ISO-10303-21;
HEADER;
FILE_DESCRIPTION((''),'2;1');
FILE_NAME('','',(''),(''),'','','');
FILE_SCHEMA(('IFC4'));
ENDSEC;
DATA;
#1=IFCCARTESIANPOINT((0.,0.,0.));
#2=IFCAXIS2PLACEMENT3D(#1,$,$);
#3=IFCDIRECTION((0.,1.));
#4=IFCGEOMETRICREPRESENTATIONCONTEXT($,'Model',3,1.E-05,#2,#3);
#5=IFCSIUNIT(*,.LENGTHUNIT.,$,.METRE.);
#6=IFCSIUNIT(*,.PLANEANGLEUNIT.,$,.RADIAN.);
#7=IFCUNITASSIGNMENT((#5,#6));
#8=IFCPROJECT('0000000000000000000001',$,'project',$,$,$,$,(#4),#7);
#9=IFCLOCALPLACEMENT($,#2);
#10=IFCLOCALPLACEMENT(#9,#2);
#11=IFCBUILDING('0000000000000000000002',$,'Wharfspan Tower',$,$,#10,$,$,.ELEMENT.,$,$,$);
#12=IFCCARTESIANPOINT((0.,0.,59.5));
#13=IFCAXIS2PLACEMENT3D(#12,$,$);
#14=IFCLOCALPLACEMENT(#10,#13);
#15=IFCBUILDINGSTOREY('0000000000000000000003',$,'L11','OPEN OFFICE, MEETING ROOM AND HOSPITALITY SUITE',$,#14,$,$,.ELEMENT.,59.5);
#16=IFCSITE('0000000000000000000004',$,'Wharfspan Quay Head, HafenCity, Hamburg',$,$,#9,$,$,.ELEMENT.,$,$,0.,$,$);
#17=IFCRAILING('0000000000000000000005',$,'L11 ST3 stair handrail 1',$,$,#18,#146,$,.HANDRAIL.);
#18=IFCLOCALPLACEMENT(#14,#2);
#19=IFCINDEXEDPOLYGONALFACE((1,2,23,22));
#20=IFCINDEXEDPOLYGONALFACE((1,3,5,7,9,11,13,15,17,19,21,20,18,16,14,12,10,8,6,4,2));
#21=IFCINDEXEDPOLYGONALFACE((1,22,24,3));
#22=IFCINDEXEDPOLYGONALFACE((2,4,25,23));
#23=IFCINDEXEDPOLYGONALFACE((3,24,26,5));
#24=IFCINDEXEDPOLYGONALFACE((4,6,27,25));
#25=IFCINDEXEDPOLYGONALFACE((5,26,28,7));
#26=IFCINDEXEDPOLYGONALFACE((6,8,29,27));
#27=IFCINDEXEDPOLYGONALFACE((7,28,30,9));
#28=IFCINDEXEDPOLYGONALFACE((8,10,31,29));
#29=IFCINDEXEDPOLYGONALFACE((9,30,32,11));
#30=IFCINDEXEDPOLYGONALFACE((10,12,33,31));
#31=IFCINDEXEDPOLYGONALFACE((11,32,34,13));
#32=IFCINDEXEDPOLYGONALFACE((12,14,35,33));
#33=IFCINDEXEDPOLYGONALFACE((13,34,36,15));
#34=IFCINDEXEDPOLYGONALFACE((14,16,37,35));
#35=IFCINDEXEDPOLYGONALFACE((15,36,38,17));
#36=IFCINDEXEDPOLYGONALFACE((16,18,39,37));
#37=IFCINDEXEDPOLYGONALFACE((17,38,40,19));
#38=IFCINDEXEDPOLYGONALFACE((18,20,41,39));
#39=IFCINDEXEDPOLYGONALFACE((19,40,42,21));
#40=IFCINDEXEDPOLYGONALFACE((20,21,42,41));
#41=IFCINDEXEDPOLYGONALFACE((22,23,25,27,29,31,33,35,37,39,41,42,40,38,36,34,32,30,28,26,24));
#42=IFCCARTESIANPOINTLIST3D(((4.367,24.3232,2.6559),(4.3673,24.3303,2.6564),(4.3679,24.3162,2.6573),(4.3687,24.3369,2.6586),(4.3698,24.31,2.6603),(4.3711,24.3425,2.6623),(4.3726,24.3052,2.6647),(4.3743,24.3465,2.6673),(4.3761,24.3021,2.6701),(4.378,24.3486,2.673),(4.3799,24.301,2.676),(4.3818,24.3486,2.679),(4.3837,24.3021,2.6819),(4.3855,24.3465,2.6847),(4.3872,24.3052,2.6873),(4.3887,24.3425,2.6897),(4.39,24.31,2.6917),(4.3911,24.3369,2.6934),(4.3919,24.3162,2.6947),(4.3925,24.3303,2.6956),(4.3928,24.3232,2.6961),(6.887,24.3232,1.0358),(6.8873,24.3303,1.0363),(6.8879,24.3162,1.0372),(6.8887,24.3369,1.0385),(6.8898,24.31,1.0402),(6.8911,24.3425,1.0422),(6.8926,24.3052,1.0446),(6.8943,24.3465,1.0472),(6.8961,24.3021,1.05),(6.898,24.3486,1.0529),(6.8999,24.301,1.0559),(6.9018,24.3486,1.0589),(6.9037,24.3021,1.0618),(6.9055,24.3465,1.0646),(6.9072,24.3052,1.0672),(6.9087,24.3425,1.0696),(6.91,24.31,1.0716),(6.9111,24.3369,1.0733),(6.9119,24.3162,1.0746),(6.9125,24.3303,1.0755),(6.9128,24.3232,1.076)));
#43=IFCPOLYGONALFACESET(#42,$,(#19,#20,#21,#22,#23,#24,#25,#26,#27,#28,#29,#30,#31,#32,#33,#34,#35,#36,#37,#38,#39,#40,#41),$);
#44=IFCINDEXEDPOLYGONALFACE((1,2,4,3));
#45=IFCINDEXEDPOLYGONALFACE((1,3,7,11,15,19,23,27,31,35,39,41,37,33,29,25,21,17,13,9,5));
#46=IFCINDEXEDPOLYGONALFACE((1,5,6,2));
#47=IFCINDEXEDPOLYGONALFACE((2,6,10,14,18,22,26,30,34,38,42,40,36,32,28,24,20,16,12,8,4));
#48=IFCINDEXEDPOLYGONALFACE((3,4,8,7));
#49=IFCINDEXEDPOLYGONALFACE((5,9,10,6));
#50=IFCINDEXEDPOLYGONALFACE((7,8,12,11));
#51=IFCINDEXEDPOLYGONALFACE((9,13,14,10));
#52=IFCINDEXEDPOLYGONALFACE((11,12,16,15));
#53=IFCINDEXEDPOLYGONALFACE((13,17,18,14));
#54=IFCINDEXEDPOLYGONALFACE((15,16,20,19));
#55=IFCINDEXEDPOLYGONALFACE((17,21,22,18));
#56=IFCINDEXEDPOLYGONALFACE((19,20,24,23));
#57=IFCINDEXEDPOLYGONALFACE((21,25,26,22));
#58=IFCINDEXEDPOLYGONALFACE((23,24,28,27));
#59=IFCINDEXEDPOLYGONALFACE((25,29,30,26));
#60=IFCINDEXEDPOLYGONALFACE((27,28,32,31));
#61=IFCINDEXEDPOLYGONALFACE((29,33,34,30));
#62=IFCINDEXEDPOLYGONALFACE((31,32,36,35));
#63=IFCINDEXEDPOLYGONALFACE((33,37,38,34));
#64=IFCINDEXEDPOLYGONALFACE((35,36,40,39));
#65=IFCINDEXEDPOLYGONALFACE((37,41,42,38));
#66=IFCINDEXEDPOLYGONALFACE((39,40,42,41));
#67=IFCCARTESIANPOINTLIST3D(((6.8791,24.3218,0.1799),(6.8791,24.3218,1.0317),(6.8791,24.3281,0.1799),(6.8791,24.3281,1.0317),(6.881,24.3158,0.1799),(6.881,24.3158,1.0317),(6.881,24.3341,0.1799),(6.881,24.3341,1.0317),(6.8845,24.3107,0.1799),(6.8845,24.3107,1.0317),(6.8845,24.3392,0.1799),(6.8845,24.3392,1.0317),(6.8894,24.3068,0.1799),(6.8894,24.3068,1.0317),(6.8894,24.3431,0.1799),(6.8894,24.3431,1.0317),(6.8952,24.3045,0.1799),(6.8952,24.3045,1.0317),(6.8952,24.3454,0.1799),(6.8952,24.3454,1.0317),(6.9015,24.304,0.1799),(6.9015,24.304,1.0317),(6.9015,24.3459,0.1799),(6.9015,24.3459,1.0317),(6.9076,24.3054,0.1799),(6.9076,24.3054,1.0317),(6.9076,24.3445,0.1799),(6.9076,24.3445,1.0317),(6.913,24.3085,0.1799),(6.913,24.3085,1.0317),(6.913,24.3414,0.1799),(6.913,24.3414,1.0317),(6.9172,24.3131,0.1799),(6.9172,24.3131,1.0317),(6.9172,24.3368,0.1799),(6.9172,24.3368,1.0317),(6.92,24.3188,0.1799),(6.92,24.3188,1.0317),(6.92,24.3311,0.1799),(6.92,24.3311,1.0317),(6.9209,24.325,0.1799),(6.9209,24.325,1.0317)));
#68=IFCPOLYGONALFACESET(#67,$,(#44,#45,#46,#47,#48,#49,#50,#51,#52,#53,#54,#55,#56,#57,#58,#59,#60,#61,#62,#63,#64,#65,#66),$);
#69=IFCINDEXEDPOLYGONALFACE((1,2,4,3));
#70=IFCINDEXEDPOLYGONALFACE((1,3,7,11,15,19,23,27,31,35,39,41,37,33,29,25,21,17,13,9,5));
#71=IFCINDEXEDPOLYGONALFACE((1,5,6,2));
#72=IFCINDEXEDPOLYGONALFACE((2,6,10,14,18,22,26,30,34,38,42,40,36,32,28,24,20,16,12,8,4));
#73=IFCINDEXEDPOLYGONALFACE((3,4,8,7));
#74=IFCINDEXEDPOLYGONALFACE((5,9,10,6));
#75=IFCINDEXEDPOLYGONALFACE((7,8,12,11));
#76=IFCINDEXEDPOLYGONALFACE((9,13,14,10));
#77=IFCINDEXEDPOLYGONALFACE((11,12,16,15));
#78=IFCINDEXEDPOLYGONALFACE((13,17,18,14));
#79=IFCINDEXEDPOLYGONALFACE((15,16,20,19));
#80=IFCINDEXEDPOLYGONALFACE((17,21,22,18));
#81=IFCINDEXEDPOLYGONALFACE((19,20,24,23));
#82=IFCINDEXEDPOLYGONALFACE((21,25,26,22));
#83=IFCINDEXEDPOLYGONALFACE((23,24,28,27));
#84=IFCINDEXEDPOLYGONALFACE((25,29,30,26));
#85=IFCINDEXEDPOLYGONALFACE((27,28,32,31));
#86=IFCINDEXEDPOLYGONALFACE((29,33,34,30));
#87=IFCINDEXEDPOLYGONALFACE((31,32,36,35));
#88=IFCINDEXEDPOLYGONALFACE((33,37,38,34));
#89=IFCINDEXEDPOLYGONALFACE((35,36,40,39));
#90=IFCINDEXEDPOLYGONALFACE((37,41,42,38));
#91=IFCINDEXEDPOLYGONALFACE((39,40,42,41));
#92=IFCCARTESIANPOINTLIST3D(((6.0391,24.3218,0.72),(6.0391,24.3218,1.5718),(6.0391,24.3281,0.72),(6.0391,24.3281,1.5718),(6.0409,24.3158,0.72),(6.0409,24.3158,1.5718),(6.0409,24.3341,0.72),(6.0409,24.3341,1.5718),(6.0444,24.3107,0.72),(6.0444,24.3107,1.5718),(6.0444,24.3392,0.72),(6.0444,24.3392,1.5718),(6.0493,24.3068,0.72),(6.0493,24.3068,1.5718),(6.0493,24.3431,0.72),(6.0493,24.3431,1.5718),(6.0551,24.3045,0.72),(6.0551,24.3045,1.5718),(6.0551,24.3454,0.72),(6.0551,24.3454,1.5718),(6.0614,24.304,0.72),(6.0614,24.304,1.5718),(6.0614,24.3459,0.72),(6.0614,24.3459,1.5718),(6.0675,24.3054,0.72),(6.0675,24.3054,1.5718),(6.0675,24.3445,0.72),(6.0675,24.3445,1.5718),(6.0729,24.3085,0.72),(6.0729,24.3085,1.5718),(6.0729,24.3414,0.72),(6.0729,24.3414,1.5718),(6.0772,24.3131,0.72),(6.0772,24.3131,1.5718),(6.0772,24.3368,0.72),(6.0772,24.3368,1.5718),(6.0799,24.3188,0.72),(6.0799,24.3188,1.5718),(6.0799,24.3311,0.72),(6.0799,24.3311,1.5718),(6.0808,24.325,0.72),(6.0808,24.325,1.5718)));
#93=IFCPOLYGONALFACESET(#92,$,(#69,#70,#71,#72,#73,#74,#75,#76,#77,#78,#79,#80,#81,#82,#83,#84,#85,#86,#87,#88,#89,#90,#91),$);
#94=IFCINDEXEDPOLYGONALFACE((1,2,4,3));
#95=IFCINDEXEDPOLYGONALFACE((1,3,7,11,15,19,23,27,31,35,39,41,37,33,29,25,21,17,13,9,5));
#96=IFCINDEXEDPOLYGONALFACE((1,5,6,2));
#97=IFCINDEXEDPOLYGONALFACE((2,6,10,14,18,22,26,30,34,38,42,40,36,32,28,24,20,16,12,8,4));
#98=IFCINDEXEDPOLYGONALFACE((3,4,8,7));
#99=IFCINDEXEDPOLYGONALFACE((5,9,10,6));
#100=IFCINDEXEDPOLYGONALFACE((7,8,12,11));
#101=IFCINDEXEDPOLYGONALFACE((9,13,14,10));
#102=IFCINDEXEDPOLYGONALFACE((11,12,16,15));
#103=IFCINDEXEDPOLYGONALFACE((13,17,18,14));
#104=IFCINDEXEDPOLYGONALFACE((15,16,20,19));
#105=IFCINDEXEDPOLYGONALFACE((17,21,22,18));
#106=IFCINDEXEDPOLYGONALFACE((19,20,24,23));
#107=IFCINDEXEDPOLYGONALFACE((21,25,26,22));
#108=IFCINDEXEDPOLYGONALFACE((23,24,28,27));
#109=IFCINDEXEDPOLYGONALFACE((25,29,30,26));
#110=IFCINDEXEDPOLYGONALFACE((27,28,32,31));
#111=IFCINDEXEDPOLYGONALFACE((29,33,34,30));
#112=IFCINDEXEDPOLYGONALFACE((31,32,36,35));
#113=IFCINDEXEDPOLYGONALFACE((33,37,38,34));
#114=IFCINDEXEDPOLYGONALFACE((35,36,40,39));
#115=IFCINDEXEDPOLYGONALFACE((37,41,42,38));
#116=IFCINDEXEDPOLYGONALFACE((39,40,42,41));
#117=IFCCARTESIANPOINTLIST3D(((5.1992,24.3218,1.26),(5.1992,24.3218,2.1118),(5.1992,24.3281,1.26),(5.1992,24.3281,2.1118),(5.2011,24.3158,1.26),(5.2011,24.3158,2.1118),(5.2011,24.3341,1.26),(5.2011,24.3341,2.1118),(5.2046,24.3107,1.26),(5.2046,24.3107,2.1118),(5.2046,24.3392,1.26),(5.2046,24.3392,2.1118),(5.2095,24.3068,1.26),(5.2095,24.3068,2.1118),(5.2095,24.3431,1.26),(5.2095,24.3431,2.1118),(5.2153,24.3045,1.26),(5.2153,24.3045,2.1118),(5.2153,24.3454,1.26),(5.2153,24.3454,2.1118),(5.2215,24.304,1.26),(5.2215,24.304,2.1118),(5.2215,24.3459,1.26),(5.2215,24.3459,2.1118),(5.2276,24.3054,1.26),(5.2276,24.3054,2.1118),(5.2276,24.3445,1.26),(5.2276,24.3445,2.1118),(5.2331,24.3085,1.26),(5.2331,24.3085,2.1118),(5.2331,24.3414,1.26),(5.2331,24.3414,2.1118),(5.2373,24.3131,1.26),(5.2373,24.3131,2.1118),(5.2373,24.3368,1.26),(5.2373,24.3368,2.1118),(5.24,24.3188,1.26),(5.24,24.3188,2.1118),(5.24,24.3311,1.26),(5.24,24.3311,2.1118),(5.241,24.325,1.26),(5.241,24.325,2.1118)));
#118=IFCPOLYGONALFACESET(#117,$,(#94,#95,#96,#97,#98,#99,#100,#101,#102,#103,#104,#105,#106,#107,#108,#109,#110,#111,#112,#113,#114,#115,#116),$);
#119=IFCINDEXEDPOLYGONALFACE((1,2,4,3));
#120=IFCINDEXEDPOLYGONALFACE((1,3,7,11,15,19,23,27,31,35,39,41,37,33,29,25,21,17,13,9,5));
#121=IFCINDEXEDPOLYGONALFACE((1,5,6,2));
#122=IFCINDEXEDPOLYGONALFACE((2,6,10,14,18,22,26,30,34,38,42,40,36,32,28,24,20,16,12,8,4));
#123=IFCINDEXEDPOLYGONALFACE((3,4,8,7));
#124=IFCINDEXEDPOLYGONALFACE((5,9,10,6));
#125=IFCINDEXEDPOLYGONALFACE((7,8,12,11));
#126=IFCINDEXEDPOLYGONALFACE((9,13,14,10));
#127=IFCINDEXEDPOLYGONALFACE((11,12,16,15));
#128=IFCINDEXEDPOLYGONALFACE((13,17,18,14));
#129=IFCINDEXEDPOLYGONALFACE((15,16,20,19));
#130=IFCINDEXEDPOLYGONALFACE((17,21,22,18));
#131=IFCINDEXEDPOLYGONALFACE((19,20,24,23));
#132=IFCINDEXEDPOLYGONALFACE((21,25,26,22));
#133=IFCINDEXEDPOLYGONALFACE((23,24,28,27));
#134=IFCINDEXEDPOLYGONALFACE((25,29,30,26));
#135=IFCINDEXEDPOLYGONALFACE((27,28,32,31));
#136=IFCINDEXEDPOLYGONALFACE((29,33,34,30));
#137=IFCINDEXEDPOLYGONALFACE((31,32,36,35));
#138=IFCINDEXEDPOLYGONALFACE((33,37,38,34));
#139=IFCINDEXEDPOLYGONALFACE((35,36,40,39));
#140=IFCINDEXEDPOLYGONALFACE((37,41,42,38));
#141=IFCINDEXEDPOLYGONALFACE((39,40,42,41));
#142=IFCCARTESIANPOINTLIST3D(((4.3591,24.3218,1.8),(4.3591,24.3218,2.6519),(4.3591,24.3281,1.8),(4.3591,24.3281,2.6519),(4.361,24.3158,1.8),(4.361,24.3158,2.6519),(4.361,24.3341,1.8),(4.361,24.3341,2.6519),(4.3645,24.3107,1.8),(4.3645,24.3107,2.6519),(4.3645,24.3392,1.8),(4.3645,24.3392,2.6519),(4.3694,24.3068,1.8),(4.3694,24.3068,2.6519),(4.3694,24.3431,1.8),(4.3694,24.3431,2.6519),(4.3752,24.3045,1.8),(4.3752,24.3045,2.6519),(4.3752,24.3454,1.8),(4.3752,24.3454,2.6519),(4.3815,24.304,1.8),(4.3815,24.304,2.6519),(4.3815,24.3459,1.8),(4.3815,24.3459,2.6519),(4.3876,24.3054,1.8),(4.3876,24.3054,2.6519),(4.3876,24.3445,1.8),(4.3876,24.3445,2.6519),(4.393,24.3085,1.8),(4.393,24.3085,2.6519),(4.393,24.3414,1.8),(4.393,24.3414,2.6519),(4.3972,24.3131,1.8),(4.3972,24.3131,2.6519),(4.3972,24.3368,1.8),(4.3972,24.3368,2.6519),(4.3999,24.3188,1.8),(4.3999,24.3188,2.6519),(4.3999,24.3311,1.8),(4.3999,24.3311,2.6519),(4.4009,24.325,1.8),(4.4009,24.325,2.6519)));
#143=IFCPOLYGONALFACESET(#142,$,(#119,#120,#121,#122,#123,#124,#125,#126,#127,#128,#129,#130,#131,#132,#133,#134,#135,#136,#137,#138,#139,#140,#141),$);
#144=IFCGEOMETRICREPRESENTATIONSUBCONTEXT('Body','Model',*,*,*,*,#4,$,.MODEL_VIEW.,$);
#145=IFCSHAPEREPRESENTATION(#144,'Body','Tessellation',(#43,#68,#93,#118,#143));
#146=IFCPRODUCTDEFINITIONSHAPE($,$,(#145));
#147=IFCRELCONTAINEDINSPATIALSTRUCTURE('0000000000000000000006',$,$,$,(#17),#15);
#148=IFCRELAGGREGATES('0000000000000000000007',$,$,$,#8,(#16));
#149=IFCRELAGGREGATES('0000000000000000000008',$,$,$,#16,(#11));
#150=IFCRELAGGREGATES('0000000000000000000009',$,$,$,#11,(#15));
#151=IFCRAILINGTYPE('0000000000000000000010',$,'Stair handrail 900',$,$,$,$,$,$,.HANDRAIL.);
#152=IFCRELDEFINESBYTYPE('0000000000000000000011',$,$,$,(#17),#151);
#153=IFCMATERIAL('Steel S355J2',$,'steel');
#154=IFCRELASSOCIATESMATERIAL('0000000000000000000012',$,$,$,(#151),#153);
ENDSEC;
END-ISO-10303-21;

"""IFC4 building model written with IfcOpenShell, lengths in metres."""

from ifc_helpers import new_model, si_unit, direction, frame, origin, origin_2d, place, context, subcontext, project, spatial, circle, extrude, material, type_object, element, save


model = new_model("IFC4")

# Units and contexts
model_context = context("Model", 3, precision=1e-05, world=origin(), true_north=direction((0.0, 1.0)))
body_context = subcontext(model_context, "Body", "Model", "MODEL_VIEW")
ifc_project = project(units=[si_unit("LENGTHUNIT", "METRE"), si_unit("PLANEANGLEUNIT", "RADIAN")], contexts=[model_context])

# Site, building, storey
site_placement = place(None, origin())
site = spatial("IfcSite", under=ifc_project, at=site_placement, Name="Wharfspan Quay Head, HafenCity, Hamburg", CompositionType="ELEMENT", RefElevation=0.0)
building_placement = place(site_placement, origin())
building = spatial("IfcBuilding", under=site, at=building_placement, Name="Wharfspan Tower", CompositionType="ELEMENT")
storey_placement = place(building_placement, frame((0.0, 0.0, 59.5)))
storey = spatial("IfcBuildingStorey", under=building, at=storey_placement, Name="L11", Description="OPEN OFFICE, MEETING ROOM AND HOSPITALITY SUITE", CompositionType="ELEMENT", Elevation=59.5)

# Shared definitions
ifc_material_1 = material(Name="Steel S355J2", Category="steel")

# Railing
railing_type_1 = type_object("IfcRailingType", Name="Stair handrail 900", PredefinedType="HANDRAIL", material=ifc_material_1)
railing_1_placement = place(storey_placement, frame((6.8999, 24.325, 0.1799)))
element("IfcRailing", 1, at=railing_1_placement, inside=storey, type_object=railing_type_1, Name="L11 ST3 stair handrail 1", PredefinedType="HANDRAIL", context=body_context, shape_type="SweptSolid", body=[
    extrude(circle(Radius=0.0239, at=origin_2d()), frame((0.0, 0.0, 0.876), z_axis=(-0.841163, 0.0, 0.540782), x_axis=(0.0, -1.0, 0.0)), (0.0, 0.0, 1.0), 2.9958),
    extrude(circle(Radius=0.021, at=origin_2d()), origin(), (0.0, 0.0, 1.0), 0.8518),
    extrude(circle(Radius=0.021, at=origin_2d()), frame((-0.8401, 0.0, 0.54)), (0.0, 0.0, 1.0), 0.8518),
    extrude(circle(Radius=0.021, at=origin_2d()), frame((-1.6799, 0.0, 1.0801)), (0.0, 0.0, 1.0), 0.8518),
    extrude(circle(Radius=0.021, at=origin_2d()), frame((-2.52, 0.0, 1.6201)), (0.0, 0.0, 1.0), 0.8518),
])

save(model, "model.ifc")
